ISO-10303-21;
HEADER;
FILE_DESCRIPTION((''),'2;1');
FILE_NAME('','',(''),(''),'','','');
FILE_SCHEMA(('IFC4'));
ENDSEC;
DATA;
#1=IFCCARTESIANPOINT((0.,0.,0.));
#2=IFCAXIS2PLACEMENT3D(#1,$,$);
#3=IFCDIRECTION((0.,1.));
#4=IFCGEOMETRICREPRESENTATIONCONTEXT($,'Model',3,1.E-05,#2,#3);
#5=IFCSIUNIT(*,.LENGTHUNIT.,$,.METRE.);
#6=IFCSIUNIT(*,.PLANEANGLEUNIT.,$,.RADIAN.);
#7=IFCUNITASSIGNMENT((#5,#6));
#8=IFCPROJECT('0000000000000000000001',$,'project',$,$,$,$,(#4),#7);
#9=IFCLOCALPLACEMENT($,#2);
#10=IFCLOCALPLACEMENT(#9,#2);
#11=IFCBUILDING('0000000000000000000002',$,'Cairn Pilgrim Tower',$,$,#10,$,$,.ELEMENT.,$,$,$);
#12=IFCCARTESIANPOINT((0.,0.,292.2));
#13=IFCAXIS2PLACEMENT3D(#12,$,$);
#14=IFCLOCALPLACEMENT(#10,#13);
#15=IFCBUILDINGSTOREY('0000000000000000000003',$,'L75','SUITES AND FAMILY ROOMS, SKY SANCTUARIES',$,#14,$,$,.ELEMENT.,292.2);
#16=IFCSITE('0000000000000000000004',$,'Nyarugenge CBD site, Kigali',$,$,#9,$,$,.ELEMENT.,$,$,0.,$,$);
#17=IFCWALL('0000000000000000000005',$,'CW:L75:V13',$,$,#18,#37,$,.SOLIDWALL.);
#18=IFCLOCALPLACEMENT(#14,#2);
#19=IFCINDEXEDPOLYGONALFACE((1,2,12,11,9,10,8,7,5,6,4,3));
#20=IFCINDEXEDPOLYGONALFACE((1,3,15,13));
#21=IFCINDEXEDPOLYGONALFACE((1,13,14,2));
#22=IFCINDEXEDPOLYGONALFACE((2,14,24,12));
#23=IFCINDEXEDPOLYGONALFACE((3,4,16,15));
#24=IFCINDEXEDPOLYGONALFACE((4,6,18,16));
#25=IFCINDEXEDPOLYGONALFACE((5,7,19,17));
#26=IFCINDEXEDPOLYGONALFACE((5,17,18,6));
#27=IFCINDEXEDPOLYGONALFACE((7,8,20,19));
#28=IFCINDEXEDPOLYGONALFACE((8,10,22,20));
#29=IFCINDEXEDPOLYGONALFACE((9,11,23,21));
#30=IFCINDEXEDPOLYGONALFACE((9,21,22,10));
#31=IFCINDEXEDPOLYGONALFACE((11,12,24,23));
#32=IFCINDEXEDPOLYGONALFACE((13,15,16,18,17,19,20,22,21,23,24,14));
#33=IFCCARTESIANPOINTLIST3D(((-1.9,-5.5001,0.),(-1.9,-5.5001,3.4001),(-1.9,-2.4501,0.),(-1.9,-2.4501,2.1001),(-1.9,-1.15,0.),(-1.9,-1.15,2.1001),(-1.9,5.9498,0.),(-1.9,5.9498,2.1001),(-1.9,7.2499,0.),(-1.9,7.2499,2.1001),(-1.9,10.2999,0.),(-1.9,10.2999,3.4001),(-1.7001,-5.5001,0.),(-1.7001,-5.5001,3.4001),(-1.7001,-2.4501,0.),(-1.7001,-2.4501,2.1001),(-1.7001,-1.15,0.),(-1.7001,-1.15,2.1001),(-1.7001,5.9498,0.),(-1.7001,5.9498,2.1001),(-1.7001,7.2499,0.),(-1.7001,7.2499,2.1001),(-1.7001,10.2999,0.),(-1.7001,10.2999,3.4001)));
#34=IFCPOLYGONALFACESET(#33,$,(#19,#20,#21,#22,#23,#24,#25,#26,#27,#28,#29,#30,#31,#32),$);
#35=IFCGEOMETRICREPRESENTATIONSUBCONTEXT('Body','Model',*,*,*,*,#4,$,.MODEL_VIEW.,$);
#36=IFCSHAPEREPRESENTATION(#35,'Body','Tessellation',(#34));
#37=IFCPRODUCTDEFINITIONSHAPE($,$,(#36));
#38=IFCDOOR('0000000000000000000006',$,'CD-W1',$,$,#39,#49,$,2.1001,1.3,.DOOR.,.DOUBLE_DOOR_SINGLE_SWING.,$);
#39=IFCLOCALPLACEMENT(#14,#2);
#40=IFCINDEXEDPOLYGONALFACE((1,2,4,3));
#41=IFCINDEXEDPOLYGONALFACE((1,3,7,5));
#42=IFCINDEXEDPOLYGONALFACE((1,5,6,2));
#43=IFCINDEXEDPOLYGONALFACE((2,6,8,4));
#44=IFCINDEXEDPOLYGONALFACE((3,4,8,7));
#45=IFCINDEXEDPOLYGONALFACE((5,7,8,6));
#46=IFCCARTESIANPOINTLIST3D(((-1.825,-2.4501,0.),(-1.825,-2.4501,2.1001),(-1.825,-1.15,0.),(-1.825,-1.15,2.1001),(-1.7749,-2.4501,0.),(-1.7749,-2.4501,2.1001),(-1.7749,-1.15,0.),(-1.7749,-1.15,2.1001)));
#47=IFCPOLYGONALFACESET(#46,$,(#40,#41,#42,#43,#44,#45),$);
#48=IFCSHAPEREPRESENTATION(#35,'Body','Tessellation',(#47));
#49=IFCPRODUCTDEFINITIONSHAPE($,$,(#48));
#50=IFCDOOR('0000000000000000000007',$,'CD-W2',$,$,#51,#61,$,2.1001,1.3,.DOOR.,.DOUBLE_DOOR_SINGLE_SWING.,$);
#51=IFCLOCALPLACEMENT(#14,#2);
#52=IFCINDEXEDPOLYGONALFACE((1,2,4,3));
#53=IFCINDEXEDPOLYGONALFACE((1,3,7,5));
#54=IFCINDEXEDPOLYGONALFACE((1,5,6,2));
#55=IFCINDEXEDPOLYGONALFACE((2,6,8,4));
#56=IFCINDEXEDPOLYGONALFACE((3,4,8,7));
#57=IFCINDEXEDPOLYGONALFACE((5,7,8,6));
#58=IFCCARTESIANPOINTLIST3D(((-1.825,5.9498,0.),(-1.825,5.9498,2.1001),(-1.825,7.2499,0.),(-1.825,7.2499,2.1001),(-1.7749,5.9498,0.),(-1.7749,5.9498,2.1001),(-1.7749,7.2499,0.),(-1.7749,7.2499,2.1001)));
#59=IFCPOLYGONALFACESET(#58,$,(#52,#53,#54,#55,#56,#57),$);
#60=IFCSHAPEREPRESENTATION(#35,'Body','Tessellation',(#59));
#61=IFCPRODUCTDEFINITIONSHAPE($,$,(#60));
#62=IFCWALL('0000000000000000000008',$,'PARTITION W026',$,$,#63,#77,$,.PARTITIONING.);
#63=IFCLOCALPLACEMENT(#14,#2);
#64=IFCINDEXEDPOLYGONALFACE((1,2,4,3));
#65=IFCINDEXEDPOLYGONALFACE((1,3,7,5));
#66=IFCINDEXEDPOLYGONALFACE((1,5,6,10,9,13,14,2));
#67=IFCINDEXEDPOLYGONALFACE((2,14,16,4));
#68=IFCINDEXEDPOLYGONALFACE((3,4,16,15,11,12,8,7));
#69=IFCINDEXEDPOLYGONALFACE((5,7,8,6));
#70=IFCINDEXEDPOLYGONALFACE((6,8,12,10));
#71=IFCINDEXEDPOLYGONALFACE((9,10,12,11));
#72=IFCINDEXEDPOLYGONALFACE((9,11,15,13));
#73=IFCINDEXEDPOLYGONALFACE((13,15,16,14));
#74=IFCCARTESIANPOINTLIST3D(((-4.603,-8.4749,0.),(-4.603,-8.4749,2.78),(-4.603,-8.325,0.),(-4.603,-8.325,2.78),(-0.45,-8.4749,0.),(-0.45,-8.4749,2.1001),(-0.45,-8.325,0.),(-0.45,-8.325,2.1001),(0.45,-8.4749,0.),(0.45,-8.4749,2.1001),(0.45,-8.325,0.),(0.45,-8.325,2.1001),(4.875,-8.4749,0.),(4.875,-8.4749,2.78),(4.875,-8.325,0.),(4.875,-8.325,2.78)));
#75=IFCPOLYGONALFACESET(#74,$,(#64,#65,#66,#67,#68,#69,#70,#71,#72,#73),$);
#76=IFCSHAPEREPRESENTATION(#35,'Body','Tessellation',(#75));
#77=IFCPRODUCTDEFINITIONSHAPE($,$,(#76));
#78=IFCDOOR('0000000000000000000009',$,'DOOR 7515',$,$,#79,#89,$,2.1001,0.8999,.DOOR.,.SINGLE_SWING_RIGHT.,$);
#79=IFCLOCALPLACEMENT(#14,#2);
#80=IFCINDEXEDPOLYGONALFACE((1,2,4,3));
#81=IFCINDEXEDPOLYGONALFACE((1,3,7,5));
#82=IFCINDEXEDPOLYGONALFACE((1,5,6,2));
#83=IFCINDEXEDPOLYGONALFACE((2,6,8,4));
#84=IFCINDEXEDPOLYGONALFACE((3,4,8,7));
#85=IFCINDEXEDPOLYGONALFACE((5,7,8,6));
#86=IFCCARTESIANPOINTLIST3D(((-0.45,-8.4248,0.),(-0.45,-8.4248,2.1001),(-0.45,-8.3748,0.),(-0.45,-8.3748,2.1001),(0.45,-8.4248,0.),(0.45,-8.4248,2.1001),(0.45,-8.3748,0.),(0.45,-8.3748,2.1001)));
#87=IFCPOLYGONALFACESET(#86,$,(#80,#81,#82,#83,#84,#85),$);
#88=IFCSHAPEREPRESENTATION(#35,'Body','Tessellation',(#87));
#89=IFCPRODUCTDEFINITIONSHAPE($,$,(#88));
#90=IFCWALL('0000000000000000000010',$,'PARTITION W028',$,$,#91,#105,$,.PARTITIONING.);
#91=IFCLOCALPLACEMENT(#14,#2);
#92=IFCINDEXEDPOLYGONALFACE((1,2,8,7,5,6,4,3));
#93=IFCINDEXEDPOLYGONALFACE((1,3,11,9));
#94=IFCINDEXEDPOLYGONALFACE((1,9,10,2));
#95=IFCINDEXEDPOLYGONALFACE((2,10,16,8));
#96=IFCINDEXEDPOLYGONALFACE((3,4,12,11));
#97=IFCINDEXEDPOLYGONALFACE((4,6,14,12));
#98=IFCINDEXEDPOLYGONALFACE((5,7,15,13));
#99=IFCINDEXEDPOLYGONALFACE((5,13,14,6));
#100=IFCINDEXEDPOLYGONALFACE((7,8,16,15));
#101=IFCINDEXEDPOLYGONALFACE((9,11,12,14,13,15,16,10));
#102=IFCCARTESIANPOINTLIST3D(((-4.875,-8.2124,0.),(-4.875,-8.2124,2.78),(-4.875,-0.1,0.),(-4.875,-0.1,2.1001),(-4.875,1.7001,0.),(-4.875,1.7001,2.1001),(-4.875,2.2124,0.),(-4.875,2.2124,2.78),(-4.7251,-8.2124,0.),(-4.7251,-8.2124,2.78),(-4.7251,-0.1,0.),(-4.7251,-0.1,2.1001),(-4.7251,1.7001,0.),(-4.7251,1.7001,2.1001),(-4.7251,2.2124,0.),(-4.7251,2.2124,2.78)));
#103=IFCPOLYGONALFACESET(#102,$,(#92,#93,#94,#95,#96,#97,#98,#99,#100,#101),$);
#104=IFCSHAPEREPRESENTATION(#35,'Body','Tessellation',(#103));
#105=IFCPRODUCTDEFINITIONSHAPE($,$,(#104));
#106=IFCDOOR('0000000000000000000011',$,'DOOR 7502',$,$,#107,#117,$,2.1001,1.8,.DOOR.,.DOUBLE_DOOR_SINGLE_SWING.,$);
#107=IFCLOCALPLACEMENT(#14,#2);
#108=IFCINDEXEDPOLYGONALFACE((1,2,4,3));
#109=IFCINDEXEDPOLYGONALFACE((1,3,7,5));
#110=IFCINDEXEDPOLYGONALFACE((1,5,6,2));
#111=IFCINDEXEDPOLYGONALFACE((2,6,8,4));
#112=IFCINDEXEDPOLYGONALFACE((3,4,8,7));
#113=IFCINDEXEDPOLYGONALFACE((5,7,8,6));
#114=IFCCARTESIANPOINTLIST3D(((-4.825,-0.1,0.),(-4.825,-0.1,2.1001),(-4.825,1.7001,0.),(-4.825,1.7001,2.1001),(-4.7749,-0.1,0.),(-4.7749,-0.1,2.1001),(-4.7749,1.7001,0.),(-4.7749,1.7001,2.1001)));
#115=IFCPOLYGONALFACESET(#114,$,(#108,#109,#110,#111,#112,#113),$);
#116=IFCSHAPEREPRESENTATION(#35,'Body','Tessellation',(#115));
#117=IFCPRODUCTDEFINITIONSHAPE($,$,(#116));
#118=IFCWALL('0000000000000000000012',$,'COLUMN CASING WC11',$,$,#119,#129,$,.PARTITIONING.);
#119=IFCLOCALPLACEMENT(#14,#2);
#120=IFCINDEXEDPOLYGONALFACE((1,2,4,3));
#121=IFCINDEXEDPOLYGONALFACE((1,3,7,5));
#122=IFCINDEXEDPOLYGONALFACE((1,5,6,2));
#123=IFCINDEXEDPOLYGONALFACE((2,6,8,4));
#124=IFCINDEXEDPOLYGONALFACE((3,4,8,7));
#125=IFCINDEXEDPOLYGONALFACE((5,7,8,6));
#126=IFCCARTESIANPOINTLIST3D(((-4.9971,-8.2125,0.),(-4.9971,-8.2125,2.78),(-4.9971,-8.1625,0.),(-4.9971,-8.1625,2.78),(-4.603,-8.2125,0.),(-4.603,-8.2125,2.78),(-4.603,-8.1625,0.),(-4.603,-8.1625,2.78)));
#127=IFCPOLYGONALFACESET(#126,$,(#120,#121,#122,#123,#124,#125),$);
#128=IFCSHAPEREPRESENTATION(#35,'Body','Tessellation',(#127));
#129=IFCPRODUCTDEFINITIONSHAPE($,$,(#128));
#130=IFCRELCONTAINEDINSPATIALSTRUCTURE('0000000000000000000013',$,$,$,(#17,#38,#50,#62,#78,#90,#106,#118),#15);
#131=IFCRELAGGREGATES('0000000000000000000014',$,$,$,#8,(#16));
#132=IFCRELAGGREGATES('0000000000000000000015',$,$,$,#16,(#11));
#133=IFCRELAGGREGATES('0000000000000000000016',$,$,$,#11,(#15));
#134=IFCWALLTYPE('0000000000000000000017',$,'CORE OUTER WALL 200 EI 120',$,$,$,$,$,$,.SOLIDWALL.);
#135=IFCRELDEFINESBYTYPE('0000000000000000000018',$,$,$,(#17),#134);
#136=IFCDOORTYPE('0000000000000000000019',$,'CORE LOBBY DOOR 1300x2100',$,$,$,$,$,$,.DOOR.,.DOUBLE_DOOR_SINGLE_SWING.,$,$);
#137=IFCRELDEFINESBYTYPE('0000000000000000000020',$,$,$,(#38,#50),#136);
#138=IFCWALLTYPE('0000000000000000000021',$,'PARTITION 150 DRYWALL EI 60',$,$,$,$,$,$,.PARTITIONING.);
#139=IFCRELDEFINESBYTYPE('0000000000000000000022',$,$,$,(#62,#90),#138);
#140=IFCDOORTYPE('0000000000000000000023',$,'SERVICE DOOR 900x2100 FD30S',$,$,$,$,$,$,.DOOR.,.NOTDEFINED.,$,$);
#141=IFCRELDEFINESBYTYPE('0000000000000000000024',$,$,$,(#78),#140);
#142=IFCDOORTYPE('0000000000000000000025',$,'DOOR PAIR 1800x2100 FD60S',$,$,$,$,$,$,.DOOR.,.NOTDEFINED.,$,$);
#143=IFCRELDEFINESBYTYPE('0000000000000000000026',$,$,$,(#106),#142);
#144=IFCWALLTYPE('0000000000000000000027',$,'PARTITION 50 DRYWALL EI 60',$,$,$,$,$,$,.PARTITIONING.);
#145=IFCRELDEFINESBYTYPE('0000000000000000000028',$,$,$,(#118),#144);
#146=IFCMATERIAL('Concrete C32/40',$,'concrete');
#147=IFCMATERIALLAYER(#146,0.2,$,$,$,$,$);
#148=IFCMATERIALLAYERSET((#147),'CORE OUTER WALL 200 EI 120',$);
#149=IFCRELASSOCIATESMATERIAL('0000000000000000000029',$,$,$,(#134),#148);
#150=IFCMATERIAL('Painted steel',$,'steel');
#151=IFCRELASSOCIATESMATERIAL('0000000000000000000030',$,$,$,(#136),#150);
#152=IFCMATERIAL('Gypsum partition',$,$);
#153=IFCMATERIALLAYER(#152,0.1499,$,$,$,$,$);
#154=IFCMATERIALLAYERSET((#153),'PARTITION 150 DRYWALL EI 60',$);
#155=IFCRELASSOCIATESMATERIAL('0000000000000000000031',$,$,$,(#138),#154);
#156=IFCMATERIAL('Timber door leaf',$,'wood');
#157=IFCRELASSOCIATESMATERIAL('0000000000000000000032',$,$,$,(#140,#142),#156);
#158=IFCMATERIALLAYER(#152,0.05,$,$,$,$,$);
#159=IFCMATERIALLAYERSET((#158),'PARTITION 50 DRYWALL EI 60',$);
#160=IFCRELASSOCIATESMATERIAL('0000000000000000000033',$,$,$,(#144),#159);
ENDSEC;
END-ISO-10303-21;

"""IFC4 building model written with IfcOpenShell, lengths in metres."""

from ifc_helpers import new_model, si_unit, direction, frame, frame_2d, origin, place, context, subcontext, project, spatial, rectangle, extrude, material, layer, layer_set, type_object, element, fill, save


model = new_model("IFC4")

# Units and contexts
model_context = context("Model", 3, precision=1e-05, world=origin(), true_north=direction((0.0, 1.0)))
body_context = subcontext(model_context, "Body", "Model", "MODEL_VIEW")
ifc_project = project(units=[si_unit("LENGTHUNIT", "METRE"), si_unit("PLANEANGLEUNIT", "RADIAN")], contexts=[model_context])

# Site, building, storey
site_placement = place(None, origin())
site = spatial("IfcSite", under=ifc_project, at=site_placement, Name="Nyarugenge CBD site, Kigali", CompositionType="ELEMENT", RefElevation=0.0)
building_placement = place(site_placement, origin())
building = spatial("IfcBuilding", under=site, at=building_placement, Name="Cairn Pilgrim Tower", CompositionType="ELEMENT")
storey_placement = place(building_placement, frame((0.0, 0.0, 292.2)))
storey = spatial("IfcBuildingStorey", under=building, at=storey_placement, Name="L75", Description="SUITES AND FAMILY ROOMS, SKY SANCTUARIES", CompositionType="ELEMENT", Elevation=292.2)

# Shared definitions
ifc_material_1 = material(Name="Concrete C32/40", Category="concrete")
ifc_layer_1 = layer(ifc_material_1, 0.2)
ifc_layer_set_1 = layer_set([ifc_layer_1], Name="CORE OUTER WALL 200 EI 120")
wall_type_1 = type_object("IfcWallType", Name="CORE OUTER WALL 200 EI 120", PredefinedType="SOLIDWALL", material=ifc_layer_set_1)

# Wall, openings, doors
wall_1_placement = place(storey_placement, frame((-1.8, -5.5, 0.0), z_axis=(0.0, 0.0, 1.0), x_axis=(0.0, 1.0, 0.0)))
wall_1 = element("IfcWall", 1, at=wall_1_placement, inside=storey, type_object=wall_type_1, Name="CW:L75:V13", PredefinedType="SOLIDWALL", context=body_context, shape_type="SweptSolid", body=[
    extrude(rectangle(XDim=15.8, YDim=0.2, at=frame_2d((7.8999, 0.0))), origin(), (0.0, 0.0, 1.0), 3.4001),
])
opening_1_placement = place(wall_1_placement, frame((3.05, 0.0, 0.0)))
opening_1 = element("IfcOpeningElement", 2, at=opening_1_placement, cuts=wall_1, PredefinedType="OPENING", context=body_context, shape_type="SweptSolid", body=[
    extrude(rectangle(XDim=1.3, YDim=2.1001, at=frame_2d((0.6499, 1.05))), frame((0.0, 0.1099, 0.0), z_axis=(0.0, -1.0, 0.0), x_axis=(1.0, 0.0, 0.0)), (0.0, 0.0, 1.0), 0.22),
])
opening_2_placement = place(wall_1_placement, frame((11.45, 0.0, 0.0)))
opening_2 = element("IfcOpeningElement", 3, at=opening_2_placement, cuts=wall_1, PredefinedType="OPENING", context=body_context, shape_type="SweptSolid", body=[
    extrude(rectangle(XDim=1.3, YDim=2.1001, at=frame_2d((0.6499, 1.05))), frame((0.0, 0.1099, 0.0), z_axis=(0.0, -1.0, 0.0), x_axis=(1.0, 0.0, 0.0)), (0.0, 0.0, 1.0), 0.22),
])
ifc_material_2 = material(Name="Painted steel", Category="steel")
door_type_1 = type_object("IfcDoorType", Name="CORE LOBBY DOOR 1300x2100", OperationType="DOUBLE_DOOR_SINGLE_SWING", PredefinedType="DOOR", material=ifc_material_2)
door_1_placement = place(opening_1_placement, origin())
door_1 = element("IfcDoor", 4, at=door_1_placement, inside=storey, type_object=door_type_1, Name="CD-W1", OperationType="DOUBLE_DOOR_SINGLE_SWING", OverallHeight=2.1001, OverallWidth=1.3, PredefinedType="DOOR", context=body_context, shape_type="SweptSolid", body=[
    extrude(rectangle(XDim=1.3, YDim=2.1001, at=frame_2d((0.6499, 1.05))), frame((0.0, 0.0249, 0.0), z_axis=(0.0, -1.0, 0.0), x_axis=(1.0, 0.0, 0.0)), (0.0, 0.0, 1.0), 0.05),
])
fill(opening_1, door_1)
door_2_placement = place(opening_2_placement, origin())
door_2 = element("IfcDoor", 5, at=door_2_placement, inside=storey, type_object=door_type_1, Name="CD-W2", OperationType="DOUBLE_DOOR_SINGLE_SWING", OverallHeight=2.1001, OverallWidth=1.3, PredefinedType="DOOR", context=body_context, shape_type="SweptSolid", body=[
    extrude(rectangle(XDim=1.3, YDim=2.1001, at=frame_2d((0.6499, 1.05))), frame((0.0, 0.0249, 0.0), z_axis=(0.0, -1.0, 0.0), x_axis=(1.0, 0.0, 0.0)), (0.0, 0.0, 1.0), 0.05),
])
fill(opening_2, door_2)

# Walls, openings, doors
ifc_material_3 = material(Name="Gypsum partition")
ifc_layer_2 = layer(ifc_material_3, 0.1499)
ifc_layer_set_2 = layer_set([ifc_layer_2], Name="PARTITION 150 DRYWALL EI 60")
wall_type_2 = type_object("IfcWallType", Name="PARTITION 150 DRYWALL EI 60", PredefinedType="PARTITIONING", material=ifc_layer_set_2)
wall_2_placement = place(storey_placement, frame((-4.603, -8.3999, 0.0), z_axis=(0.0, 0.0, 1.0), x_axis=(1.0, 0.0, 0.0)))
wall_2 = element("IfcWall", 6, at=wall_2_placement, inside=storey, type_object=wall_type_2, Name="PARTITION W026", PredefinedType="PARTITIONING", context=body_context, shape_type="SweptSolid", body=[
    extrude(rectangle(XDim=9.478, YDim=0.1499, at=frame_2d((4.739, 0.0))), origin(), (0.0, 0.0, 1.0), 2.78),
])
opening_3_placement = place(wall_2_placement, frame((4.1531, 0.0, 0.0)))
opening_3 = element("IfcOpeningElement", 7, at=opening_3_placement, cuts=wall_2, PredefinedType="OPENING", context=body_context, shape_type="SweptSolid", body=[
    extrude(rectangle(XDim=0.8999, YDim=2.1001, at=frame_2d((0.45, 1.05))), frame((0.0, 0.085, 0.0), z_axis=(0.0, -1.0, 0.0), x_axis=(1.0, 0.0, 0.0)), (0.0, 0.0, 1.0), 0.1699),
])
ifc_material_4 = material(Name="Timber door leaf", Category="wood")
door_type_2 = type_object("IfcDoorType", Name="SERVICE DOOR 900x2100 FD30S", OperationType="NOTDEFINED", PredefinedType="DOOR", material=ifc_material_4)
door_3_placement = place(opening_3_placement, frame((0.8999, 0.0, 0.0), z_axis=(0.0, 0.0, 1.0), x_axis=(-1.0, 0.0, 0.0)))
door_3 = element("IfcDoor", 8, at=door_3_placement, inside=storey, type_object=door_type_2, Name="DOOR 7515", OperationType="SINGLE_SWING_RIGHT", OverallHeight=2.1001, OverallWidth=0.8999, PredefinedType="DOOR", context=body_context, shape_type="SweptSolid", body=[
    extrude(rectangle(XDim=0.8999, YDim=2.1001, at=frame_2d((0.45, 1.05))), frame((0.0, 0.0249, 0.0), z_axis=(0.0, -1.0, 0.0), x_axis=(1.0, 0.0, 0.0)), (0.0, 0.0, 1.0), 0.05),
])
fill(opening_3, door_3)
wall_3_placement = place(storey_placement, frame((-4.8, -8.2124, 0.0), z_axis=(0.0, 0.0, 1.0), x_axis=(0.0, 1.0, 0.0)))
wall_3 = element("IfcWall", 9, at=wall_3_placement, inside=storey, type_object=wall_type_2, Name="PARTITION W028", PredefinedType="PARTITIONING", context=body_context, shape_type="SweptSolid", body=[
    extrude(rectangle(XDim=10.4248, YDim=0.1499, at=frame_2d((5.2124, 0.0))), origin(), (0.0, 0.0, 1.0), 2.78),
])
opening_4_placement = place(wall_3_placement, frame((8.1125, 0.0, 0.0)))
opening_4 = element("IfcOpeningElement", 10, at=opening_4_placement, cuts=wall_3, PredefinedType="OPENING", context=body_context, shape_type="SweptSolid", body=[
    extrude(rectangle(XDim=1.8, YDim=2.1001, at=frame_2d((0.8999, 1.05))), frame((0.0, 0.085, 0.0), z_axis=(0.0, -1.0, 0.0), x_axis=(1.0, 0.0, 0.0)), (0.0, 0.0, 1.0), 0.1699),
])
door_type_3 = type_object("IfcDoorType", Name="DOOR PAIR 1800x2100 FD60S", OperationType="NOTDEFINED", PredefinedType="DOOR", material=ifc_material_4)
door_4_placement = place(opening_4_placement, origin())
door_4 = element("IfcDoor", 11, at=door_4_placement, inside=storey, type_object=door_type_3, Name="DOOR 7502", OperationType="DOUBLE_DOOR_SINGLE_SWING", OverallHeight=2.1001, OverallWidth=1.8, PredefinedType="DOOR", context=body_context, shape_type="SweptSolid", body=[
    extrude(rectangle(XDim=1.8, YDim=2.1001, at=frame_2d((0.8999, 1.05))), frame((0.0, 0.0249, 0.0), z_axis=(0.0, -1.0, 0.0), x_axis=(1.0, 0.0, 0.0)), (0.0, 0.0, 1.0), 0.05),
])
fill(opening_4, door_4)

# Wall
ifc_layer_3 = layer(ifc_material_3, 0.05)
ifc_layer_set_3 = layer_set([ifc_layer_3], Name="PARTITION 50 DRYWALL EI 60")
wall_type_3 = type_object("IfcWallType", Name="PARTITION 50 DRYWALL EI 60", PredefinedType="PARTITIONING", material=ifc_layer_set_3)
wall_4_placement = place(storey_placement, frame((-4.9971, -8.1875, 0.0), z_axis=(0.0, 0.0, 1.0), x_axis=(1.0, 0.0, 0.0)))
element("IfcWall", 12, at=wall_4_placement, inside=storey, type_object=wall_type_3, Name="COLUMN CASING WC11", PredefinedType="PARTITIONING", context=body_context, shape_type="SweptSolid", body=[
    extrude(rectangle(XDim=0.394, YDim=0.05, at=frame_2d((0.197, 0.0))), origin(), (0.0, 0.0, 1.0), 2.78),
])

save(model, "model.ifc")
